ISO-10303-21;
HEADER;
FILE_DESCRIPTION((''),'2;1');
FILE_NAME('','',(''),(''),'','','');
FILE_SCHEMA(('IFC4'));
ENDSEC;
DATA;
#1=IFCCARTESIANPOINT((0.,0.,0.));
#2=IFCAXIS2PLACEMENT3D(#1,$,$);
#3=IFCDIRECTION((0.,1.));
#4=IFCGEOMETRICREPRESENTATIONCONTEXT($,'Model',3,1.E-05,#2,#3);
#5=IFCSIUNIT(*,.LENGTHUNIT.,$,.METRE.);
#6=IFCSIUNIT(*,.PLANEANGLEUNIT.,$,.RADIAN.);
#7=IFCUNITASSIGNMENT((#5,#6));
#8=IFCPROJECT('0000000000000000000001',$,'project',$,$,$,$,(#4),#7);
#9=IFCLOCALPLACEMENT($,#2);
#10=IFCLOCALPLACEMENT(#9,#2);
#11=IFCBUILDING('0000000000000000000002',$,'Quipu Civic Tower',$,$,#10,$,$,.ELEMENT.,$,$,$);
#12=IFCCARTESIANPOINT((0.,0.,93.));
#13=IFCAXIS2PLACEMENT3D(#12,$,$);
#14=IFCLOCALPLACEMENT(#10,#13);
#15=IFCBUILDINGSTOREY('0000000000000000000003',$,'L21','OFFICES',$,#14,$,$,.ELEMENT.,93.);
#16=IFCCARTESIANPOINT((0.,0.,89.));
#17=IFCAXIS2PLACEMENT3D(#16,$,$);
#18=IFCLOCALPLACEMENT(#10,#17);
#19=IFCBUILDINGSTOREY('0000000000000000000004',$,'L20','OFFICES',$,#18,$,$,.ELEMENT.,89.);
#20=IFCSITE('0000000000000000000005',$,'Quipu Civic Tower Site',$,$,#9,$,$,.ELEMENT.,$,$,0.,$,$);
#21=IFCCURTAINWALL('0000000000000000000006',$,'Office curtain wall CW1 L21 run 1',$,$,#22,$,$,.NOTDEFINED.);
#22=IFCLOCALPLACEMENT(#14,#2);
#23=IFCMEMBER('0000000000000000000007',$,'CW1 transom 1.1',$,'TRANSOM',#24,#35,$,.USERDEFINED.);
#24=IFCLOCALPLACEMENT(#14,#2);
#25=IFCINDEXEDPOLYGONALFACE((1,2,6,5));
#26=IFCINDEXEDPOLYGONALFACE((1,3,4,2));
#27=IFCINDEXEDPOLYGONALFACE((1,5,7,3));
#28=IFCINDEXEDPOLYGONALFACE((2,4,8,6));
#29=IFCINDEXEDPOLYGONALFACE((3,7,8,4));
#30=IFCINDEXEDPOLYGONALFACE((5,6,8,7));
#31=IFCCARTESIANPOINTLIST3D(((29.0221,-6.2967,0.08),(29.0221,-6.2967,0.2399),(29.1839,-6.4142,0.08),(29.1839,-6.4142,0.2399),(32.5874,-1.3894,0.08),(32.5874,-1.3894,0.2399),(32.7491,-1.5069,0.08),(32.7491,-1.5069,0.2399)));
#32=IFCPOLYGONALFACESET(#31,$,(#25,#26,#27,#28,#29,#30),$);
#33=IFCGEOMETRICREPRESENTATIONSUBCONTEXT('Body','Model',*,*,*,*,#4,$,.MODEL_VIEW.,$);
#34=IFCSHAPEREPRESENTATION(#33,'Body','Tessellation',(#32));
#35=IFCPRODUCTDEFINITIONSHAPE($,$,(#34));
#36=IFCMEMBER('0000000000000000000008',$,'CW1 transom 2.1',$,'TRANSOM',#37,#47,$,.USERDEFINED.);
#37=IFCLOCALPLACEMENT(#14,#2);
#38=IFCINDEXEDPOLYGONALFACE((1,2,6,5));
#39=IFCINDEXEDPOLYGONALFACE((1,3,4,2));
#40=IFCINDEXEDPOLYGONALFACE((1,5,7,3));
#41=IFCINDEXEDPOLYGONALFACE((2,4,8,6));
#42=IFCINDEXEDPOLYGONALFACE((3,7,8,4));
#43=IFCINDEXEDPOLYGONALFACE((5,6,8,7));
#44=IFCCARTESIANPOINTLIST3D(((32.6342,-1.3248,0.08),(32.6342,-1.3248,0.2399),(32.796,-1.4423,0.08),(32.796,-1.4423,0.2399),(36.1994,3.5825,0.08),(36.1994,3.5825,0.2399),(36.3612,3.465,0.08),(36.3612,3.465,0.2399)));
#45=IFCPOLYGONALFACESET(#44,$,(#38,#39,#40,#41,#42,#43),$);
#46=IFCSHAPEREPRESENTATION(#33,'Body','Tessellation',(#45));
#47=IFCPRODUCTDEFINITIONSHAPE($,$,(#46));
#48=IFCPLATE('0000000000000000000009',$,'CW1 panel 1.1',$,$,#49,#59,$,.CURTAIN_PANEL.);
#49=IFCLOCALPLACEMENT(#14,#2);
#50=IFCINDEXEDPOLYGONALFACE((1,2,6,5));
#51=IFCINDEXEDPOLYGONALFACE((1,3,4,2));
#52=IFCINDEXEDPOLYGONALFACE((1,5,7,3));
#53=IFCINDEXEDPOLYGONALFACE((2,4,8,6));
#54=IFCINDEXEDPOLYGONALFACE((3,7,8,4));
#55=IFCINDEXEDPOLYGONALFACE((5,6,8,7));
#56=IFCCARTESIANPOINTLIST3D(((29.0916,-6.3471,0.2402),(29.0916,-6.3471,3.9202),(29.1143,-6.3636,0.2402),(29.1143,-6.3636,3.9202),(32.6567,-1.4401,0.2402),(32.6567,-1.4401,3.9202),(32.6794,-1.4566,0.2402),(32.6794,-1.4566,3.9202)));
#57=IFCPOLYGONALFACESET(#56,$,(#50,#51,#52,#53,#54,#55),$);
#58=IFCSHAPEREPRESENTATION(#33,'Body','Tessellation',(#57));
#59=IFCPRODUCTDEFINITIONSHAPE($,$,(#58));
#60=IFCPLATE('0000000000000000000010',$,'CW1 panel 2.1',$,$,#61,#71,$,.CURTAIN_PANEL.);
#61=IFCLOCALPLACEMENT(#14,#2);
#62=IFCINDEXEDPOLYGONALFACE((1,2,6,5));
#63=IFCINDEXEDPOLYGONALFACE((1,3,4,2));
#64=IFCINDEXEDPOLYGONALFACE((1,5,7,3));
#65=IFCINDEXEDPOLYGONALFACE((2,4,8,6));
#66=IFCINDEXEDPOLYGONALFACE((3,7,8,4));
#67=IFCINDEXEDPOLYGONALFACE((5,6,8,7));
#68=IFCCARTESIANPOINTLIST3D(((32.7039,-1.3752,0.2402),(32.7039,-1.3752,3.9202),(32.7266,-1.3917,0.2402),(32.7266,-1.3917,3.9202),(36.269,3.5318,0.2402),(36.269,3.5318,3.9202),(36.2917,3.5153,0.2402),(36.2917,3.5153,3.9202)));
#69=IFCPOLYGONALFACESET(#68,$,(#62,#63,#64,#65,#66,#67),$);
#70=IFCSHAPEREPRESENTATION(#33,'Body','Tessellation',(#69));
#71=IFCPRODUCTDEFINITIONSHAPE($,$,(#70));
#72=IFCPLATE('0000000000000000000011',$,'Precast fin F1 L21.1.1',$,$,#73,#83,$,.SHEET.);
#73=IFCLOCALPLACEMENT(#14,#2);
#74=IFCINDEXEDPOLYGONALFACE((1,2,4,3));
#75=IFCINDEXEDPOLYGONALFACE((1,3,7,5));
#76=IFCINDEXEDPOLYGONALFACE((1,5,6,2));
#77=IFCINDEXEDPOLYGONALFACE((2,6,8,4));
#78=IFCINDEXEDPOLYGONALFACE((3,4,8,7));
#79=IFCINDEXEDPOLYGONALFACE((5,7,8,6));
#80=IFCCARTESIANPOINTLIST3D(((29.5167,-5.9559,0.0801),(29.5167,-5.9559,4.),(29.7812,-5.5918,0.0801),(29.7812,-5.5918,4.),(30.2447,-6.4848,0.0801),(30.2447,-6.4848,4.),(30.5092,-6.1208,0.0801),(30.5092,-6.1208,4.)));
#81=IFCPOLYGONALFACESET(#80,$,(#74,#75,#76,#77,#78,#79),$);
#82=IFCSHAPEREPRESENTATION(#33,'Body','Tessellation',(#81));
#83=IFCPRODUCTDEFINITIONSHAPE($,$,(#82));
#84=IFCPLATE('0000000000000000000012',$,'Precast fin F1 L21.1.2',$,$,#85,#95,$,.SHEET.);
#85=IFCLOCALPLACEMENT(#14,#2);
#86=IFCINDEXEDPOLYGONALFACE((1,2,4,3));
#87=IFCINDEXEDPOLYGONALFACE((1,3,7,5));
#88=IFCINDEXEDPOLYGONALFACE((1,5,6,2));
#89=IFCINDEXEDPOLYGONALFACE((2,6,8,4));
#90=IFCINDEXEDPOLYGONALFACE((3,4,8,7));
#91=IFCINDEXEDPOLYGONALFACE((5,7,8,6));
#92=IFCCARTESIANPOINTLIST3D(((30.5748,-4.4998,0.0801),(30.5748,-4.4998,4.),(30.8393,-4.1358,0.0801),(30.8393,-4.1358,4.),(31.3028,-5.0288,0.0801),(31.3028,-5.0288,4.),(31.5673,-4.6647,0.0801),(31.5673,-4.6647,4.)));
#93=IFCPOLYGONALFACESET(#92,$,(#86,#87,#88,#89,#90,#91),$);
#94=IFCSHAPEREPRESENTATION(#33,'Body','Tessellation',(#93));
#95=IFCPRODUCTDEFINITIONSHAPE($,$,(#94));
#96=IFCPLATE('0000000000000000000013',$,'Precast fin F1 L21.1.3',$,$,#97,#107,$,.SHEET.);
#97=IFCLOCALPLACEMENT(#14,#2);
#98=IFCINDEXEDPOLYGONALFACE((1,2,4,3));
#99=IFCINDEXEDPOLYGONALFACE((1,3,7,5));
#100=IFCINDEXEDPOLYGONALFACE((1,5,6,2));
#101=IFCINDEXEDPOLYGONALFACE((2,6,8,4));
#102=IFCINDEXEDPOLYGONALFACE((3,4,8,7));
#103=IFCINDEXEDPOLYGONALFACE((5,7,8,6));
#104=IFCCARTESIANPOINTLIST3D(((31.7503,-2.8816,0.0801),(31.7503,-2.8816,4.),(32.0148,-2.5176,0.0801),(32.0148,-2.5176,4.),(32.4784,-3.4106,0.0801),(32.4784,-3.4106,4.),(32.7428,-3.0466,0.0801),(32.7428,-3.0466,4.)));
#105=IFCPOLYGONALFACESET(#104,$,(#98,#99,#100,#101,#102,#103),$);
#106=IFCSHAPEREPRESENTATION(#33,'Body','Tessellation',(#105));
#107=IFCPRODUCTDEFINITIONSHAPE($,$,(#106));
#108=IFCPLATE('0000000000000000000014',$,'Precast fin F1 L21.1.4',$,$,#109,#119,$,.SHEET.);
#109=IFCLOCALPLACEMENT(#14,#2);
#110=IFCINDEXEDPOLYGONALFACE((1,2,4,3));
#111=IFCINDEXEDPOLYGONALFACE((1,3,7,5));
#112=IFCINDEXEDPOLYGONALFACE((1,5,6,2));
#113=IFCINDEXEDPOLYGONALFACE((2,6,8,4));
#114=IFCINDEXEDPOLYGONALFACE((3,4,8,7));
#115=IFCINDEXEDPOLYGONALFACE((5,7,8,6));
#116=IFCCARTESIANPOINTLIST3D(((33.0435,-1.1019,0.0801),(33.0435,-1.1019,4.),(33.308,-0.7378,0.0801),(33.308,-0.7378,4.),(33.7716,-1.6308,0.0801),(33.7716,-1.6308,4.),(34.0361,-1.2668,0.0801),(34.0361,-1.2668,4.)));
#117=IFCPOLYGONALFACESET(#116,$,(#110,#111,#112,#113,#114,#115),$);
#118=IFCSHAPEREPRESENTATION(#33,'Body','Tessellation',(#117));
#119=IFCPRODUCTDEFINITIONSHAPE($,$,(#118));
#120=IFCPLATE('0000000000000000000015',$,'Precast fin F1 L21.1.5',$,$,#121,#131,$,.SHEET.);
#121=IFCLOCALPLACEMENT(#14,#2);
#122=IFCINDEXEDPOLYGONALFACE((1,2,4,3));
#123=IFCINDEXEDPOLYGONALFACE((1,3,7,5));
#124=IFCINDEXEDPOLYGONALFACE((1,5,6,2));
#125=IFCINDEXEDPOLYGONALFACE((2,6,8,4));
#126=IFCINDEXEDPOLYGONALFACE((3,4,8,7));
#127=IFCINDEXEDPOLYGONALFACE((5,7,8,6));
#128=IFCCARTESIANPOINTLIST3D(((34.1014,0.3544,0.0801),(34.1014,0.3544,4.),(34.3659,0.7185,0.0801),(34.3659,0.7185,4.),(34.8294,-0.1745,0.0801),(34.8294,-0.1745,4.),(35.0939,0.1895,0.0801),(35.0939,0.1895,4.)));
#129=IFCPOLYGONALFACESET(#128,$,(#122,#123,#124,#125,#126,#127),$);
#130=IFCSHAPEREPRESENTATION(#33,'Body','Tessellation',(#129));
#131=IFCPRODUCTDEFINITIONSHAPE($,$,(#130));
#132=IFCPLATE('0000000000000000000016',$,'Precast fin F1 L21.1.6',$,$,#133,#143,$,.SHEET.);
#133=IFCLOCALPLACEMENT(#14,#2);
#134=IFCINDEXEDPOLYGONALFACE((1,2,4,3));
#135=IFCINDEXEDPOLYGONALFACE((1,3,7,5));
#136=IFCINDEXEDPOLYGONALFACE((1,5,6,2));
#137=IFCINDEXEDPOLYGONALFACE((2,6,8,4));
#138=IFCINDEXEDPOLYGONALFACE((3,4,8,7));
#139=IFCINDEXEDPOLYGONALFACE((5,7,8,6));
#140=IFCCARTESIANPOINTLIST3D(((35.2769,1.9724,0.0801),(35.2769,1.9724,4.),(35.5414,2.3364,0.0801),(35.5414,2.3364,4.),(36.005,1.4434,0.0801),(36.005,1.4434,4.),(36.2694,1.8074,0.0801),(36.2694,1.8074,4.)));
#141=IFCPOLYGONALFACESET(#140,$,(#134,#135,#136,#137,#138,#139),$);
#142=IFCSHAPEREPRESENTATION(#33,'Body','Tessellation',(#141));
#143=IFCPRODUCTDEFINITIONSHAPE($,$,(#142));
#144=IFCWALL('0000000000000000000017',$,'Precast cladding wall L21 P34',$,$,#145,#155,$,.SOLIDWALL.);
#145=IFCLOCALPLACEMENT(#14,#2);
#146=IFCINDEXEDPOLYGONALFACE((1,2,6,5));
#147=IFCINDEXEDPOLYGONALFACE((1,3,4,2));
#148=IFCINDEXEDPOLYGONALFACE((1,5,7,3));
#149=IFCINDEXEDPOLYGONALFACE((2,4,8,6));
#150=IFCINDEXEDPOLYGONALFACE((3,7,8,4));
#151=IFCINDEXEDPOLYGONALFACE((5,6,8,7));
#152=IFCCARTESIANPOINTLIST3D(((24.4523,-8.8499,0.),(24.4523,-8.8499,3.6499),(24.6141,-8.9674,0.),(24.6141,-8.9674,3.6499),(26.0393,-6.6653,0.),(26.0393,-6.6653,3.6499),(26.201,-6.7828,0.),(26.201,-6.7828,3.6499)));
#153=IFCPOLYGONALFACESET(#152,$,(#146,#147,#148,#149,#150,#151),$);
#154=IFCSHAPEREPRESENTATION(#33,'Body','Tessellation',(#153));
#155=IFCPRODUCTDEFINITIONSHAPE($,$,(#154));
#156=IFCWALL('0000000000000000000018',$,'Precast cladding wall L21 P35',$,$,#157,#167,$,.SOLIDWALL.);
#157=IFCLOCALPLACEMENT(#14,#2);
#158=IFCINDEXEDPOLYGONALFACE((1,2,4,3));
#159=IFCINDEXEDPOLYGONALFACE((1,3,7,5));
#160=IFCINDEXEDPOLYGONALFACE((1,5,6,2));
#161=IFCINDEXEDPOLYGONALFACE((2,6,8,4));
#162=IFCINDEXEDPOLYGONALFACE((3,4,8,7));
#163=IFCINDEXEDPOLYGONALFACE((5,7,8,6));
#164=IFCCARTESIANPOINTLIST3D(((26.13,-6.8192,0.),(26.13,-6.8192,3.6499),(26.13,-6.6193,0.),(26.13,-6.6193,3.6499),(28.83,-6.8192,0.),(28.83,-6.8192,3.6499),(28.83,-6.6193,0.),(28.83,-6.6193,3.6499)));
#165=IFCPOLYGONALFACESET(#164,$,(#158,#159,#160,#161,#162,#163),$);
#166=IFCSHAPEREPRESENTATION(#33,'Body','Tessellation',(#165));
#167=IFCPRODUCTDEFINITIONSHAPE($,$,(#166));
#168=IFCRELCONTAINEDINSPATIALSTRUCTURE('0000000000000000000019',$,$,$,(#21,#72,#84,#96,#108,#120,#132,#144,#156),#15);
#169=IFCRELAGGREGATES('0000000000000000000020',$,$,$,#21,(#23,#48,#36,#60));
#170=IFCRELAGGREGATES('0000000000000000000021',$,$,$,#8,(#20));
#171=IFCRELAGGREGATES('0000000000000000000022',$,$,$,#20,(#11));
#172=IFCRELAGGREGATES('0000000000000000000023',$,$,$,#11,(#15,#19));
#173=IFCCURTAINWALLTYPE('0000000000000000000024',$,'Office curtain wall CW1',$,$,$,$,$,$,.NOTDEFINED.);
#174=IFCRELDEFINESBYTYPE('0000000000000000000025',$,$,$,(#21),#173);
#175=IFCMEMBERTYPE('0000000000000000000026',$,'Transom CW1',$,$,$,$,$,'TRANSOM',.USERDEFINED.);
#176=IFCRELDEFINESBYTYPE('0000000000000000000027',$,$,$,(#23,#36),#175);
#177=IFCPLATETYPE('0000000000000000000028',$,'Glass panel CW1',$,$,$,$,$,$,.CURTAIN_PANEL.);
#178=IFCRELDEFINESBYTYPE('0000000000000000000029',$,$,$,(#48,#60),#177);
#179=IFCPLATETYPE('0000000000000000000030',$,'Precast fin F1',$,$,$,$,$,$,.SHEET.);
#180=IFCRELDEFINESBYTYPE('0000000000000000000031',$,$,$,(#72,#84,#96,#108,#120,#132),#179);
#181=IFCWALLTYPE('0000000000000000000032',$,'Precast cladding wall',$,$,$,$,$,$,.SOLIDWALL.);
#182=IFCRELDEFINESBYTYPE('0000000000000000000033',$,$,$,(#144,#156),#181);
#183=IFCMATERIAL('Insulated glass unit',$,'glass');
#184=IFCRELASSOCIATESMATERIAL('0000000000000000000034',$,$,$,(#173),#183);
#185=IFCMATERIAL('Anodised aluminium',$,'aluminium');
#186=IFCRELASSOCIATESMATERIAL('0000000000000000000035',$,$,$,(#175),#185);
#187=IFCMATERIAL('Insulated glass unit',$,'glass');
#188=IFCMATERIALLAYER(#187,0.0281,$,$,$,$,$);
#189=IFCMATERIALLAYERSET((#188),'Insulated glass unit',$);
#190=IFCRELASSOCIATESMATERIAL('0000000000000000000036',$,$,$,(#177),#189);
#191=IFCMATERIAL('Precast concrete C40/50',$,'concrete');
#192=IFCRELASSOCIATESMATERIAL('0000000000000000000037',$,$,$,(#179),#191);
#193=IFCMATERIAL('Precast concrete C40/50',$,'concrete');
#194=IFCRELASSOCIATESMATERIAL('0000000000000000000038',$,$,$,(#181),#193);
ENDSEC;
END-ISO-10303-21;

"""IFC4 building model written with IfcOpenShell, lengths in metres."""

from ifc_helpers import new_model, si_unit, direction, frame, frame_2d, origin, origin_2d, place, context, subcontext, project, spatial, rectangle, extrude, material, layer, layer_set, material_profile, profile_set, type_object, element, aggregate, save


model = new_model("IFC4")

# Units and contexts
model_context = context("Model", 3, precision=1e-05, world=origin(), true_north=direction((0.0, 1.0)))
body_context = subcontext(model_context, "Body", "Model", "MODEL_VIEW")
ifc_project = project(units=[si_unit("LENGTHUNIT", "METRE"), si_unit("PLANEANGLEUNIT", "RADIAN")], contexts=[model_context])

# Site, building, storey
site_placement = place(None, origin())
site = spatial("IfcSite", under=ifc_project, at=site_placement, Name="Quipu Civic Tower Site", CompositionType="ELEMENT", RefElevation=0.0)
building_placement = place(site_placement, origin())
building = spatial("IfcBuilding", under=site, at=building_placement, Name="Quipu Civic Tower", CompositionType="ELEMENT")
storey_1_placement = place(building_placement, frame((0.0, 0.0, 93.0)))
storey_1 = spatial("IfcBuildingStorey", under=building, at=storey_1_placement, Name="L21", Description="OFFICES", CompositionType="ELEMENT", Elevation=93.0)

# Curtain wall
ifc_material_1 = material(Name="Insulated glass unit", Category="glass")
curtain_wall_type = type_object("IfcCurtainWallType", Name="Office curtain wall CW1", PredefinedType="NOTDEFINED", material=ifc_material_1)
curtain_wall_1_placement = place(storey_1_placement, origin())
curtain_wall_1 = element("IfcCurtainWall", 1, at=curtain_wall_1_placement, inside=storey_1, type_object=curtain_wall_type, Name="Office curtain wall CW1 L21 run 1", PredefinedType="NOTDEFINED")

# Shared definitions
storey_2_placement = place(building_placement, frame((0.0, 0.0, 89.0)))
storey_2 = spatial("IfcBuildingStorey", under=building, at=storey_2_placement, Name="L20", Description="OFFICES", CompositionType="ELEMENT", Elevation=89.0)

# Shared definitions
ifc_material_2 = material(Name="Anodised aluminium", Category="aluminium")
ifc_material_profile_1 = material_profile(ifc_material_2, rectangle(XDim=0.2, YDim=0.1599, at=origin_2d()), Name="RECT 200x160")
ifc_profile_set_1 = profile_set([ifc_material_profile_1], Name="Anodised aluminium")
member_type_1 = type_object("IfcMemberType", Name="Transom CW1", ElementType="TRANSOM", PredefinedType="USERDEFINED", material=ifc_profile_set_1)

# Members
member_1_placement = place(storey_1_placement, frame((29.103, -6.3555, 0.1599), z_axis=(0.587772, 0.809027, 0.0), x_axis=(-0.809027, 0.587772, 0.0)))
member_1 = element("IfcMember", 2, at=member_1_placement, type_object=member_type_1, Name="CW1 transom 1.1", ObjectType="TRANSOM", PredefinedType="USERDEFINED", context=body_context, shape_type="SweptSolid", body=[
    extrude(rectangle(XDim=0.2, YDim=0.1599, at=origin_2d()), origin(), (0.0, 0.0, 1.0), 6.0657),
])
member_2_placement = place(storey_1_placement, frame((32.7151, -1.3835, 0.1599), z_axis=(0.587772, 0.809027, 0.0), x_axis=(-0.809027, 0.587772, 0.0)))
member_2 = element("IfcMember", 3, at=member_2_placement, type_object=member_type_1, Name="CW1 transom 2.1", ObjectType="TRANSOM", PredefinedType="USERDEFINED", context=body_context, shape_type="SweptSolid", body=[
    extrude(rectangle(XDim=0.2, YDim=0.1599, at=origin_2d()), origin(), (0.0, 0.0, 1.0), 6.0657),
])

# Plates
ifc_material_3 = material(Name="Insulated glass unit", Category="glass")
ifc_layer = layer(ifc_material_3, 0.0281)
ifc_layer_set = layer_set([ifc_layer], Name="Insulated glass unit")
plate_type_1 = type_object("IfcPlateType", Name="Glass panel CW1", PredefinedType="CURTAIN_PANEL", material=ifc_layer_set)
plate_1_placement = place(storey_1_placement, frame((30.8855, -3.9019, 0.2402), z_axis=(0.0, 0.0, 1.0), x_axis=(0.587784, 0.809018, 0.0)))
plate_1 = element("IfcPlate", 4, at=plate_1_placement, type_object=plate_type_1, Name="CW1 panel 1.1", PredefinedType="CURTAIN_PANEL", context=body_context, shape_type="SweptSolid", body=[
    extrude(rectangle(XDim=6.0654, YDim=0.0281, at=origin_2d()), origin(), (0.0, 0.0, 1.0), 3.6799),
])
plate_2_placement = place(storey_1_placement, frame((34.4978, 1.0701, 0.2402), z_axis=(0.0, 0.0, 1.0), x_axis=(0.587784, 0.809018, 0.0)))
plate_2 = element("IfcPlate", 5, at=plate_2_placement, type_object=plate_type_1, Name="CW1 panel 2.1", PredefinedType="CURTAIN_PANEL", context=body_context, shape_type="SweptSolid", body=[
    extrude(rectangle(XDim=6.0654, YDim=0.0281, at=origin_2d()), origin(), (0.0, 0.0, 1.0), 3.6799),
])
aggregate(curtain_wall_1, [member_1, plate_1, member_2, plate_2])

# Plates
ifc_material_4 = material(Name="Precast concrete C40/50", Category="concrete")
plate_type_2 = type_object("IfcPlateType", Name="Precast fin F1", PredefinedType="SHEET", material=ifc_material_4)
for number, where, z_axis, x_axis, name in (
    (6, (30.0129, -6.0383, 0.0801), (0.0, 0.0, 1.0), (0.587784, 0.809018, 0.0), "Precast fin F1 L21.1.1"),
    (7, (31.071, -4.5823, 0.0801), (0.0, 0.0, 1.0), (0.587784, 0.809018, 0.0), "Precast fin F1 L21.1.2"),
    (8, (32.2466, -2.9641, 0.0801), (0.0, 0.0, 1.0), (0.587784, 0.809018, 0.0), "Precast fin F1 L21.1.3"),
    (9, (33.5398, -1.1843, 0.0801), (0.0, 0.0, 1.0), (0.587784, 0.809018, 0.0), "Precast fin F1 L21.1.4"),
    (10, (34.5977, 0.272, 0.0801), (0.0, 0.0, 1.0), (0.587784, 0.809018, 0.0), "Precast fin F1 L21.1.5"),
    (11, (35.7732, 1.8899, 0.0801), (0.0, 0.0, 1.0), (0.587784, 0.809018, 0.0), "Precast fin F1 L21.1.6"),
):
    element("IfcPlate", number, at=place(storey_1_placement, frame(where, z_axis=z_axis, x_axis=x_axis)), inside=storey_1, type_object=plate_type_2, Name=name, PredefinedType="SHEET", context=body_context, shape_type="SweptSolid", body=[
        extrude(rectangle(XDim=0.45, YDim=0.8999, at=origin_2d()), origin(), (0.0, 0.0, 1.0), 3.9199),
    ])

# Walls
ifc_material_5 = material(Name="Precast concrete C40/50", Category="concrete")
wall_type = type_object("IfcWallType", Name="Precast cladding wall", PredefinedType="SOLIDWALL", material=ifc_material_5)
wall_1_placement = place(storey_1_placement, frame((24.5332, -8.9087, 0.0), z_axis=(0.0, 0.0, 1.0), x_axis=(0.58772, 0.809064, 0.0)))
element("IfcWall", 12, at=wall_1_placement, inside=storey_1, type_object=wall_type, Name="Precast cladding wall L21 P34", PredefinedType="SOLIDWALL", context=body_context, shape_type="SweptSolid", body=[
    extrude(rectangle(XDim=2.7002, YDim=0.2, at=frame_2d((1.3501, 0.0))), origin(), (0.0, 0.0, 1.0), 3.6499),
])
wall_2_placement = place(storey_1_placement, frame((26.1299, -6.7192, 0.0), z_axis=(0.0, 0.0, 1.0), x_axis=(1.0, 0.0, 0.0)))
element("IfcWall", 13, at=wall_2_placement, inside=storey_1, type_object=wall_type, Name="Precast cladding wall L21 P35", PredefinedType="SOLIDWALL", context=body_context, shape_type="SweptSolid", body=[
    extrude(rectangle(XDim=2.7, YDim=0.2, at=frame_2d((1.3501, 0.0))), origin(), (0.0, 0.0, 1.0), 3.6499),
])

save(model, "model.ifc")
